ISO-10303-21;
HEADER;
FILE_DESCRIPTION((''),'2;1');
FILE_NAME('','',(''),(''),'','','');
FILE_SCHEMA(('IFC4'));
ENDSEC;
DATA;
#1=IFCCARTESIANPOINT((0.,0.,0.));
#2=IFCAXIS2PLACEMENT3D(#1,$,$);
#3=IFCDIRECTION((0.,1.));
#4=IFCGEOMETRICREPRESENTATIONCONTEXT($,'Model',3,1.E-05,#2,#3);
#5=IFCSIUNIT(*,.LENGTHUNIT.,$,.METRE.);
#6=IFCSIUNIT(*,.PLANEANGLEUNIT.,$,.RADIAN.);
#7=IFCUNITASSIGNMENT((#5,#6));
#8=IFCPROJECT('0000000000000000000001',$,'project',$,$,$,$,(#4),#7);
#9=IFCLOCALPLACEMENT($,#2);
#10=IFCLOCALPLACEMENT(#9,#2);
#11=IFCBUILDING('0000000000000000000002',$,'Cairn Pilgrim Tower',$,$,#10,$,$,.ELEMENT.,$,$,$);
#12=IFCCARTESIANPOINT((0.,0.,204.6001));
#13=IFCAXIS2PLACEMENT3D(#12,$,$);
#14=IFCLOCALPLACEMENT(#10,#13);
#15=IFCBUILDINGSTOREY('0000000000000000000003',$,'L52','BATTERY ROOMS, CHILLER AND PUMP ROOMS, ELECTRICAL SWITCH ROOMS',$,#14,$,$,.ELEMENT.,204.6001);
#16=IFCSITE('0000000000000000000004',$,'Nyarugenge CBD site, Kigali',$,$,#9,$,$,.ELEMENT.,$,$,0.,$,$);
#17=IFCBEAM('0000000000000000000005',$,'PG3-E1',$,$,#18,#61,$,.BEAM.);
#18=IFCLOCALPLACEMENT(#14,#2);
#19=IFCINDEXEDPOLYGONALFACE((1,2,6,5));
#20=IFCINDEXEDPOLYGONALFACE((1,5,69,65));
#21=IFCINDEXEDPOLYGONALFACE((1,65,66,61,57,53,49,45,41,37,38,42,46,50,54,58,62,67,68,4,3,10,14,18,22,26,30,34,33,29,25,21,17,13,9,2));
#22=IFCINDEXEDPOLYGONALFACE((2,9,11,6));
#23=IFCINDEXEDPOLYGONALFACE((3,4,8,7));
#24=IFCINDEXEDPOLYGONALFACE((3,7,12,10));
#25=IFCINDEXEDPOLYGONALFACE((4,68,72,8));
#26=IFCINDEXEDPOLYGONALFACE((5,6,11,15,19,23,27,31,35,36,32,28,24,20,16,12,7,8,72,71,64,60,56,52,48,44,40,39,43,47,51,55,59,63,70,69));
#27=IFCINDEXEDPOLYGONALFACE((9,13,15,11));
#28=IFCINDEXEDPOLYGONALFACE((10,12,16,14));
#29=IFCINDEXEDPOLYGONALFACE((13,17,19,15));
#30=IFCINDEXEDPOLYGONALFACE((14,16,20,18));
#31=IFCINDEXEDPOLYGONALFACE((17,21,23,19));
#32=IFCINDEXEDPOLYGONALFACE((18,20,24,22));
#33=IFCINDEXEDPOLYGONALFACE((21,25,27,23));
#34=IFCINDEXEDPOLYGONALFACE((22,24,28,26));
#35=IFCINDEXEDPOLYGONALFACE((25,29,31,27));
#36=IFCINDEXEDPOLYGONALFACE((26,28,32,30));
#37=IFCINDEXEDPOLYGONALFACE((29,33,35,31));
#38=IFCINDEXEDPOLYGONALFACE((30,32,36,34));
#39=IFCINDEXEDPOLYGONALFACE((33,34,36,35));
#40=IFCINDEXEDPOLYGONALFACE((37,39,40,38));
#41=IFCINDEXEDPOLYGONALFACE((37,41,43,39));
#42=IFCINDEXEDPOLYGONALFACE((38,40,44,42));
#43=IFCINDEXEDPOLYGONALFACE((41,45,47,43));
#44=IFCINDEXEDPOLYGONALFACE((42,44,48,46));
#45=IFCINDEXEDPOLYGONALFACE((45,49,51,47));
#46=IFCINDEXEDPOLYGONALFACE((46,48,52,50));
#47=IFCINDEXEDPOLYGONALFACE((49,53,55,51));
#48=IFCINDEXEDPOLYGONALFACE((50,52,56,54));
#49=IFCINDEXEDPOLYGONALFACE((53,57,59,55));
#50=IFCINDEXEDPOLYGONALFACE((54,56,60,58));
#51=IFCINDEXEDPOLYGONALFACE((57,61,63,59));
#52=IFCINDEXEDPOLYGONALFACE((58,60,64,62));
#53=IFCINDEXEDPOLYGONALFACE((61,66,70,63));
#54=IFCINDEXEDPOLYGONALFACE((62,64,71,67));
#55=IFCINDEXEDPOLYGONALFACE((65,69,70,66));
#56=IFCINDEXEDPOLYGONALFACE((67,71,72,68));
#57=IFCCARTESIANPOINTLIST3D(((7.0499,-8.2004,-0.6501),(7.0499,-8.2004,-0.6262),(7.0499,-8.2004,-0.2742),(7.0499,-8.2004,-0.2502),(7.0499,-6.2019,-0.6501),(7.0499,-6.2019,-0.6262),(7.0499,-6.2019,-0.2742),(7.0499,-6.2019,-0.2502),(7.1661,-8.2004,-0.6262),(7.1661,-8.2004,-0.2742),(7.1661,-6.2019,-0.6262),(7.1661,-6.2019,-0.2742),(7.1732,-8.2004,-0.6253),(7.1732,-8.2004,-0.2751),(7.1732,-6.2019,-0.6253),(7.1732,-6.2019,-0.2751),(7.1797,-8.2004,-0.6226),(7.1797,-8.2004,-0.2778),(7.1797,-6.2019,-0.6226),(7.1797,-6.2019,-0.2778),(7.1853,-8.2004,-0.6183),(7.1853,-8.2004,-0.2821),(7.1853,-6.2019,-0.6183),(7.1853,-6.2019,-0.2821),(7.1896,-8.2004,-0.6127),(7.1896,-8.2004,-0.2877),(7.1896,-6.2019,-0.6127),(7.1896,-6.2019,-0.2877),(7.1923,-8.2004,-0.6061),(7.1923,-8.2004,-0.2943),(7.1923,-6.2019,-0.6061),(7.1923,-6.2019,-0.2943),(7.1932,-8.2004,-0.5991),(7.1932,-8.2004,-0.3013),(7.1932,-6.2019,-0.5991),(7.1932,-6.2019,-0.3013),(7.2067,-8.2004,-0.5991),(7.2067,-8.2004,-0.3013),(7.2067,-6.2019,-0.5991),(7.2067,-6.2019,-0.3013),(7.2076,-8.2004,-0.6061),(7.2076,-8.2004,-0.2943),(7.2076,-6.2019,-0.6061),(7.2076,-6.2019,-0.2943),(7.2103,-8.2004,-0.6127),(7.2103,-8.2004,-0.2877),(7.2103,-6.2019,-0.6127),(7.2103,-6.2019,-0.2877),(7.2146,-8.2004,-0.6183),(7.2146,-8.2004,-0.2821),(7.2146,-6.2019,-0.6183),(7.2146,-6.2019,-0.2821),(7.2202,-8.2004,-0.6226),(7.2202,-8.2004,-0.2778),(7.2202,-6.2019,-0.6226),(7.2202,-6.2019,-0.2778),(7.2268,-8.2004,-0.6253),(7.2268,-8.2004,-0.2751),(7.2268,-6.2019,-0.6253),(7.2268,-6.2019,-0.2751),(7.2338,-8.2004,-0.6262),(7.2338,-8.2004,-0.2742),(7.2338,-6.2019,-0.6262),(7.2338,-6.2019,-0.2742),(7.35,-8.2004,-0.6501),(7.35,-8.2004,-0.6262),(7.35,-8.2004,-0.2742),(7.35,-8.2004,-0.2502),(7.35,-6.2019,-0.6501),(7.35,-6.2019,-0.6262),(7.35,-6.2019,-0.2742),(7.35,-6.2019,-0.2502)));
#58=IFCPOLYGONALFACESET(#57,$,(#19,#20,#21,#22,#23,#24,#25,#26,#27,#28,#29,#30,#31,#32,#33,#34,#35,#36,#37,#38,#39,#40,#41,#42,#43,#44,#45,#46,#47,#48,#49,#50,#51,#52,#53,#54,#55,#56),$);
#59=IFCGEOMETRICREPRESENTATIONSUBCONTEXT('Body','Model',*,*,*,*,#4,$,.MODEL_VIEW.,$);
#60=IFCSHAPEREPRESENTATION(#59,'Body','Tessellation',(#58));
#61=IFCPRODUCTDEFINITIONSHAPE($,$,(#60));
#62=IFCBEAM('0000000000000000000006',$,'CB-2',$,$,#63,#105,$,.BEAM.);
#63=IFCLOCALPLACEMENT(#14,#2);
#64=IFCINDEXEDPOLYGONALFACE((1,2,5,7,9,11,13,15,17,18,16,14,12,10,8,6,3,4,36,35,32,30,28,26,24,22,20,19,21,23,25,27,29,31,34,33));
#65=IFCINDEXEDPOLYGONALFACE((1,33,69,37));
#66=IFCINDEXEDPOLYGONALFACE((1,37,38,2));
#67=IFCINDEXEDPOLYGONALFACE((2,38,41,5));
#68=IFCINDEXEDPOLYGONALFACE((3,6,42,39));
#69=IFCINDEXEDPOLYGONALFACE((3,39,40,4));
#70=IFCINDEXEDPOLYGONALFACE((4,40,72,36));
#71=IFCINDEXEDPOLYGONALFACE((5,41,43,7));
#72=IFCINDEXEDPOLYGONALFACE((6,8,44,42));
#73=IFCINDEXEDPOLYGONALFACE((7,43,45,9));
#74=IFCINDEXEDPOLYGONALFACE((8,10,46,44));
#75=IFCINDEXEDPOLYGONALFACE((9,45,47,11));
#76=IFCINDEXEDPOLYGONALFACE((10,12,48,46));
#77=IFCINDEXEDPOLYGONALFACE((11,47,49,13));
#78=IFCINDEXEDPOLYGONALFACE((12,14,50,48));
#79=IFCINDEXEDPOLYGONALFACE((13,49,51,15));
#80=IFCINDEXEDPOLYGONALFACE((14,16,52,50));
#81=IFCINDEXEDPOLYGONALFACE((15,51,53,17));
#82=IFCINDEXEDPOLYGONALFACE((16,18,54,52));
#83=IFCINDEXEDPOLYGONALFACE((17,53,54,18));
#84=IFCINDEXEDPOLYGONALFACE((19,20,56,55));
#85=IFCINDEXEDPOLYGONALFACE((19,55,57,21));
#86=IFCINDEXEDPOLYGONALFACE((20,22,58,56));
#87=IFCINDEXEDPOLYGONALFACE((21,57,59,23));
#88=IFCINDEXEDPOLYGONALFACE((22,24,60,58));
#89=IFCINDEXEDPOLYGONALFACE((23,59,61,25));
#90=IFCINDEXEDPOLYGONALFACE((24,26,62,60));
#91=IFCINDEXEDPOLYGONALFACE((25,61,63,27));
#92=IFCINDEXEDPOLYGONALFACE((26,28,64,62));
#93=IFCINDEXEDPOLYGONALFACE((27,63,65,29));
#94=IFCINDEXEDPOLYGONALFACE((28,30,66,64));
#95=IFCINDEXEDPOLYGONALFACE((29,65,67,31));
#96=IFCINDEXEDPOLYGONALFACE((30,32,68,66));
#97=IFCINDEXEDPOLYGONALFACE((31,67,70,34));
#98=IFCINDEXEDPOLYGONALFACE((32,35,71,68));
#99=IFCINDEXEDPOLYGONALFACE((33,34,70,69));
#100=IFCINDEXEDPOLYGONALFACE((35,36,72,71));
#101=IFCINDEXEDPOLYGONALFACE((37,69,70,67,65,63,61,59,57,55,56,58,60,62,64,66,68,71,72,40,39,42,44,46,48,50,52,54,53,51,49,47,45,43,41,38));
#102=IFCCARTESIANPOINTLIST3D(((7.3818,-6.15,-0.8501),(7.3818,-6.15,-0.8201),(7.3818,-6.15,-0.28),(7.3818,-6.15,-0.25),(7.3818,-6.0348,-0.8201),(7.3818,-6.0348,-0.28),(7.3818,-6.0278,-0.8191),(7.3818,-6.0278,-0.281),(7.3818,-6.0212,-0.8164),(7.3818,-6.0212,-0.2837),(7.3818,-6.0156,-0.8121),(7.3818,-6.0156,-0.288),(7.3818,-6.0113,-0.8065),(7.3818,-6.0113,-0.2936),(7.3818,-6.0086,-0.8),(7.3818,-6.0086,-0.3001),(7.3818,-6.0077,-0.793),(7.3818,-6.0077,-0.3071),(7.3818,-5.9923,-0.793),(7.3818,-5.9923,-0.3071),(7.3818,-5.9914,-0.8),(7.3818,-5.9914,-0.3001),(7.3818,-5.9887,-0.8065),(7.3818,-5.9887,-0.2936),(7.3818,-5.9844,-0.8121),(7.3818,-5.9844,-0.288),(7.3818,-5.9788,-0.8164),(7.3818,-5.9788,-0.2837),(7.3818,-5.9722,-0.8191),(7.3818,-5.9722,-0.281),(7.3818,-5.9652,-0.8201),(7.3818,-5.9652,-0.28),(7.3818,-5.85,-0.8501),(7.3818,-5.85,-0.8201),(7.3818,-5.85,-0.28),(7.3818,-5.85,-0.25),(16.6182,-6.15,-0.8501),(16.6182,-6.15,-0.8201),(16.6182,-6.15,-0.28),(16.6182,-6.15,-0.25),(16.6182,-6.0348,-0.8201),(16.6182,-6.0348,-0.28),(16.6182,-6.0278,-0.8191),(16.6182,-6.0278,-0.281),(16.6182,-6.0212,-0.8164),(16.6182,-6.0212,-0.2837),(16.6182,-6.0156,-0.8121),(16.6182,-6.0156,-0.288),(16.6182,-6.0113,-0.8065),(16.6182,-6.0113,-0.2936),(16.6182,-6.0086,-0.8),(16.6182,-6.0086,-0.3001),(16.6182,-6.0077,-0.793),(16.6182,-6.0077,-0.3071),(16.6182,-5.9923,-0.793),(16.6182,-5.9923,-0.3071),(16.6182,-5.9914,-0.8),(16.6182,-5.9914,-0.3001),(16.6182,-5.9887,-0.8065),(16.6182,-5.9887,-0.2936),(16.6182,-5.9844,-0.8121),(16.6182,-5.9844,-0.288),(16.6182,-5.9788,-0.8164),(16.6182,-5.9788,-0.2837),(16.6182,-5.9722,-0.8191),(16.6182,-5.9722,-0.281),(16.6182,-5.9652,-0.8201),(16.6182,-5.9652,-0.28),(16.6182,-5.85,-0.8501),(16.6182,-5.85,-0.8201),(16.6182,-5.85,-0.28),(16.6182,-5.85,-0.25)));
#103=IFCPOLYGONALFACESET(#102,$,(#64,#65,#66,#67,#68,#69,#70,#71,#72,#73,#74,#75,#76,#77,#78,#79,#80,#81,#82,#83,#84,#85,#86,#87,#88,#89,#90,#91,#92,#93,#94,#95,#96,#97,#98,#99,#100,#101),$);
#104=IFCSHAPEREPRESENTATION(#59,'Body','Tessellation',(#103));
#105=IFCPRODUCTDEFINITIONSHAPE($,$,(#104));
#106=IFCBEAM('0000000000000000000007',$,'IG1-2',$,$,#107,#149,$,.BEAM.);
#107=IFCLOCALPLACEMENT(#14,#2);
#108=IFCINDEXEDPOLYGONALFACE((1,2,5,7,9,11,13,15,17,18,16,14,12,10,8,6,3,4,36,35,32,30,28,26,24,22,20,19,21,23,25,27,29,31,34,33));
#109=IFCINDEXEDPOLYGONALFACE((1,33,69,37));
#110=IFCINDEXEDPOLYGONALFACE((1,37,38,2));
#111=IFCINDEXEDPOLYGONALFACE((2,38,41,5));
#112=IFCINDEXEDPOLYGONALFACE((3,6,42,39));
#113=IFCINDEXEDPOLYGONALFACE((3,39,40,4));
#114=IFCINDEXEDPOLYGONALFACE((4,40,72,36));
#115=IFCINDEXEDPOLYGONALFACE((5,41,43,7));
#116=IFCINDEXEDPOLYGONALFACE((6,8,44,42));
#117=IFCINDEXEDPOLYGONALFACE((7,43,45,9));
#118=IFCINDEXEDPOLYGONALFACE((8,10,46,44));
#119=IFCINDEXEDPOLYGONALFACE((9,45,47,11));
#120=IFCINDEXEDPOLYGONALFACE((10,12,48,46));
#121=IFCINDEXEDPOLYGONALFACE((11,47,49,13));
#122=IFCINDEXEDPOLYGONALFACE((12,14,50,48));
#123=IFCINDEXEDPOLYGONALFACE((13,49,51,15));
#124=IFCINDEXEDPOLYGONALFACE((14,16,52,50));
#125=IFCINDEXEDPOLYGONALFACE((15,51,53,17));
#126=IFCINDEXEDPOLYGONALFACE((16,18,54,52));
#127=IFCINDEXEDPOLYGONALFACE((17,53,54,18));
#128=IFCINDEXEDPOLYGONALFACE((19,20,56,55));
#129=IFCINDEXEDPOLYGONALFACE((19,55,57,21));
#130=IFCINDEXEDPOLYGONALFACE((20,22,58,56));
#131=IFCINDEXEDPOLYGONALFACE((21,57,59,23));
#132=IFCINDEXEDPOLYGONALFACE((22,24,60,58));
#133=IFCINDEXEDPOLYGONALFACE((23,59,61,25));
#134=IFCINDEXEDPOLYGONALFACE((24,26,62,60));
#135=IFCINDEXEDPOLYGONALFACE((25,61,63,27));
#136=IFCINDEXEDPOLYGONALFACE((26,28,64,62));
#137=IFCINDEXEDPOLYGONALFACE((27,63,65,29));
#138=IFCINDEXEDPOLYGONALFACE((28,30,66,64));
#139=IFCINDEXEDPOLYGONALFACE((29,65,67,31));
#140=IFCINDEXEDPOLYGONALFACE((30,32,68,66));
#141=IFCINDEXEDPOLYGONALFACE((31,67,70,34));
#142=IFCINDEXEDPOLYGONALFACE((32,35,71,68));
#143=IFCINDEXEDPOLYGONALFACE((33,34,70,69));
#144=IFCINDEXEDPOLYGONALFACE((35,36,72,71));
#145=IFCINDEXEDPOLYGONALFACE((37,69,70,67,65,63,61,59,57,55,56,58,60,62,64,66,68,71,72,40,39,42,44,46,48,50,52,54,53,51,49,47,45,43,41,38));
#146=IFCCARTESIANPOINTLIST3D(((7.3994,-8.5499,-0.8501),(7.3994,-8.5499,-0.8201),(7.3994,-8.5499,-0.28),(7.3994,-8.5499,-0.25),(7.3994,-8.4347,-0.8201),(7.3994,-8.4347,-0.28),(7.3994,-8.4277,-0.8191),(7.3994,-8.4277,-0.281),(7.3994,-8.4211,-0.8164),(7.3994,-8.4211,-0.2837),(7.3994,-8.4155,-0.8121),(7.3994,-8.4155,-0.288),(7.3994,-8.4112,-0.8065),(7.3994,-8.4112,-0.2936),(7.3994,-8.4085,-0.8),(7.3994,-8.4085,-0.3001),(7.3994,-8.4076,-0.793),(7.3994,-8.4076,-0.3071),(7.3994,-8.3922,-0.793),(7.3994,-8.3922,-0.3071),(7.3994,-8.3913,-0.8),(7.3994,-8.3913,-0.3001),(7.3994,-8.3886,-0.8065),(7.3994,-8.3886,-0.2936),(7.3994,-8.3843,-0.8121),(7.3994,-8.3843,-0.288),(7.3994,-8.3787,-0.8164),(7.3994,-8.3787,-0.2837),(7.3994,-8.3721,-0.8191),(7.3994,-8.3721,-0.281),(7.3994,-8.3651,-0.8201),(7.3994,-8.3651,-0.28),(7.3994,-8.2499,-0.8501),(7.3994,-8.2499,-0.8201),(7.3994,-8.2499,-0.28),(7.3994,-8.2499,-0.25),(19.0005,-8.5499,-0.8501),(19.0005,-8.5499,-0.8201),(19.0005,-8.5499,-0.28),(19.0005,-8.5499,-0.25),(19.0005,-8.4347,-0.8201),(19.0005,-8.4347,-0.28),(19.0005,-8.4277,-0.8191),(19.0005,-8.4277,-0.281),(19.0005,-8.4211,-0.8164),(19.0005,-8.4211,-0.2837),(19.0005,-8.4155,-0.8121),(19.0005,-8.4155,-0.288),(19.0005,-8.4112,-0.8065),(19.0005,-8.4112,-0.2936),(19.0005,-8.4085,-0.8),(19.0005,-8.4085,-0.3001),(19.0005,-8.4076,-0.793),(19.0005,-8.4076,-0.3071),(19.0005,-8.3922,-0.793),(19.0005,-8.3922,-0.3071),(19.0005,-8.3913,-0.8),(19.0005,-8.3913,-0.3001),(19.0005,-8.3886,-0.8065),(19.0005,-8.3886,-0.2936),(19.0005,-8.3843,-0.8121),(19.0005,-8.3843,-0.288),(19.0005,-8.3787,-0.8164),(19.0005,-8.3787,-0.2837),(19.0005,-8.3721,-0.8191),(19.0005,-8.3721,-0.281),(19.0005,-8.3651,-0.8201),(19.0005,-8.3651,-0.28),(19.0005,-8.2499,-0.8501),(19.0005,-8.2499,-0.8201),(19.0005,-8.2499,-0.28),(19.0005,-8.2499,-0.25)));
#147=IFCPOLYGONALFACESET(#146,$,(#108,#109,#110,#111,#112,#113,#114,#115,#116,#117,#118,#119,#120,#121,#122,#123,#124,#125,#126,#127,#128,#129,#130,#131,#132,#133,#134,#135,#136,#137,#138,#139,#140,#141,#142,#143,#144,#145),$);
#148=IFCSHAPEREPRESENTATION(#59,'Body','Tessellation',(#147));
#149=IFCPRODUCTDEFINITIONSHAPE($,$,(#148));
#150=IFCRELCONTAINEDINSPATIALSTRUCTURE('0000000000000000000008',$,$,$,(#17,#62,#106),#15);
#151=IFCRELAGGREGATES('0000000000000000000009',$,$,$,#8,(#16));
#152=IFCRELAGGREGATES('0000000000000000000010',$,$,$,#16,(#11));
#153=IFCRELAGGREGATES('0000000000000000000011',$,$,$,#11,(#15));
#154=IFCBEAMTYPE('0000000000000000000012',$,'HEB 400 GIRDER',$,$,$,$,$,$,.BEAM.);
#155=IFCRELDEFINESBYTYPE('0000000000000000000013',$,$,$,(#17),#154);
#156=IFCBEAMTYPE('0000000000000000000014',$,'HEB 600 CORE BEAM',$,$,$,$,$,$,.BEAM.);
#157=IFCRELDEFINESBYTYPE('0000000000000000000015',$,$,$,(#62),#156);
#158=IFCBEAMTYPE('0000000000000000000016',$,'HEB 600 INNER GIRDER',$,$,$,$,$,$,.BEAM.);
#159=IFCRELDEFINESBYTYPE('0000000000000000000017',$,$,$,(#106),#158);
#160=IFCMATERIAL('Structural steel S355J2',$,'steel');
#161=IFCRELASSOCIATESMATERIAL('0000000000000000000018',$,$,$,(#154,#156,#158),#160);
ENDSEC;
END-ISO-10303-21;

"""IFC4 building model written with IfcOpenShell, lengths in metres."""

from ifc_helpers import new_model, si_unit, direction, frame, origin, origin_2d, place, context, subcontext, project, spatial, i_section, extrude, material, material_profile, profile_set, type_object, element, save


model = new_model("IFC4")

# Units and contexts
model_context = context("Model", 3, precision=1e-05, world=origin(), true_north=direction((0.0, 1.0)))
body_context = subcontext(model_context, "Body", "Model", "MODEL_VIEW")
ifc_project = project(units=[si_unit("LENGTHUNIT", "METRE"), si_unit("PLANEANGLEUNIT", "RADIAN")], contexts=[model_context])

# Site, building, storey
site_placement = place(None, origin())
site = spatial("IfcSite", under=ifc_project, at=site_placement, Name="Nyarugenge CBD site, Kigali", CompositionType="ELEMENT", RefElevation=0.0)
building_placement = place(site_placement, origin())
building = spatial("IfcBuilding", under=site, at=building_placement, Name="Cairn Pilgrim Tower", CompositionType="ELEMENT")
storey_placement = place(building_placement, frame((0.0, 0.0, 204.6001)))
storey = spatial("IfcBuildingStorey", under=building, at=storey_placement, Name="L52", Description="BATTERY ROOMS, CHILLER AND PUMP ROOMS, ELECTRICAL SWITCH ROOMS", CompositionType="ELEMENT", Elevation=204.6001)

# Shared definitions
ifc_material_1 = material(Name="Structural steel S355J2", Category="steel")

# Beams
ifc_material_profile_1 = material_profile(ifc_material_1, i_section(OverallWidth=0.3, OverallDepth=0.3999, WebThickness=0.0134, FlangeThickness=0.0239, FilletRadius=0.0271, at=origin_2d()), Name="HEB 400")
ifc_profile_set_1 = profile_set([ifc_material_profile_1], Name="Structural steel S355J2")
beam_type_1 = type_object("IfcBeamType", Name="HEB 400 GIRDER", PredefinedType="BEAM", material=ifc_profile_set_1)
beam_1_placement = place(storey_placement, frame((7.2, -8.2004, -0.4502), z_axis=(0.0, 1.0, 0.0), x_axis=(-1.0, 0.0, 0.0)))
element("IfcBeam", 1, at=beam_1_placement, inside=storey, type_object=beam_type_1, Name="PG3-E1", PredefinedType="BEAM", context=body_context, shape_type="SweptSolid", body=[
    extrude(i_section(OverallWidth=0.3, OverallDepth=0.3999, WebThickness=0.0134, FlangeThickness=0.0239, FilletRadius=0.0271, at=origin_2d()), origin(), (0.0, 0.0, 1.0), 1.9985),
])
ifc_material_profile_2 = material_profile(ifc_material_1, i_section(OverallWidth=0.3, OverallDepth=0.6001, WebThickness=0.0154, FlangeThickness=0.03, FilletRadius=0.0271, at=origin_2d()), Name="HEB 600")
ifc_profile_set_2 = profile_set([ifc_material_profile_2], Name="Structural steel S355J2")
beam_type_2 = type_object("IfcBeamType", Name="HEB 600 CORE BEAM", PredefinedType="BEAM", material=ifc_profile_set_2)
beam_2_placement = place(storey_placement, frame((7.3818, -6.0, -0.55), z_axis=(1.0, 0.0, 0.0), x_axis=(0.0, 1.0, 0.0)))
element("IfcBeam", 2, at=beam_2_placement, inside=storey, type_object=beam_type_2, Name="CB-2", PredefinedType="BEAM", context=body_context, shape_type="SweptSolid", body=[
    extrude(i_section(OverallWidth=0.3, OverallDepth=0.6001, WebThickness=0.0154, FlangeThickness=0.03, FilletRadius=0.0271, at=origin_2d()), origin(), (0.0, 0.0, 1.0), 9.2363),
])
ifc_material_profile_3 = material_profile(ifc_material_1, i_section(OverallWidth=0.3, OverallDepth=0.6001, WebThickness=0.0154, FlangeThickness=0.03, FilletRadius=0.0271, at=origin_2d()), Name="HEB 600")
ifc_profile_set_3 = profile_set([ifc_material_profile_3], Name="Structural steel S355J2")
beam_type_3 = type_object("IfcBeamType", Name="HEB 600 INNER GIRDER", PredefinedType="BEAM", material=ifc_profile_set_3)
beam_3_placement = place(storey_placement, frame((7.3994, -8.3999, -0.55), z_axis=(1.0, 0.0, 0.0), x_axis=(0.0, 1.0, 0.0)))
element("IfcBeam", 3, at=beam_3_placement, inside=storey, type_object=beam_type_3, Name="IG1-2", PredefinedType="BEAM", context=body_context, shape_type="SweptSolid", body=[
    extrude(i_section(OverallWidth=0.3, OverallDepth=0.6001, WebThickness=0.0154, FlangeThickness=0.03, FilletRadius=0.0271, at=origin_2d()), origin(), (0.0, 0.0, 1.0), 11.6011),
])

save(model, "model.ifc")
